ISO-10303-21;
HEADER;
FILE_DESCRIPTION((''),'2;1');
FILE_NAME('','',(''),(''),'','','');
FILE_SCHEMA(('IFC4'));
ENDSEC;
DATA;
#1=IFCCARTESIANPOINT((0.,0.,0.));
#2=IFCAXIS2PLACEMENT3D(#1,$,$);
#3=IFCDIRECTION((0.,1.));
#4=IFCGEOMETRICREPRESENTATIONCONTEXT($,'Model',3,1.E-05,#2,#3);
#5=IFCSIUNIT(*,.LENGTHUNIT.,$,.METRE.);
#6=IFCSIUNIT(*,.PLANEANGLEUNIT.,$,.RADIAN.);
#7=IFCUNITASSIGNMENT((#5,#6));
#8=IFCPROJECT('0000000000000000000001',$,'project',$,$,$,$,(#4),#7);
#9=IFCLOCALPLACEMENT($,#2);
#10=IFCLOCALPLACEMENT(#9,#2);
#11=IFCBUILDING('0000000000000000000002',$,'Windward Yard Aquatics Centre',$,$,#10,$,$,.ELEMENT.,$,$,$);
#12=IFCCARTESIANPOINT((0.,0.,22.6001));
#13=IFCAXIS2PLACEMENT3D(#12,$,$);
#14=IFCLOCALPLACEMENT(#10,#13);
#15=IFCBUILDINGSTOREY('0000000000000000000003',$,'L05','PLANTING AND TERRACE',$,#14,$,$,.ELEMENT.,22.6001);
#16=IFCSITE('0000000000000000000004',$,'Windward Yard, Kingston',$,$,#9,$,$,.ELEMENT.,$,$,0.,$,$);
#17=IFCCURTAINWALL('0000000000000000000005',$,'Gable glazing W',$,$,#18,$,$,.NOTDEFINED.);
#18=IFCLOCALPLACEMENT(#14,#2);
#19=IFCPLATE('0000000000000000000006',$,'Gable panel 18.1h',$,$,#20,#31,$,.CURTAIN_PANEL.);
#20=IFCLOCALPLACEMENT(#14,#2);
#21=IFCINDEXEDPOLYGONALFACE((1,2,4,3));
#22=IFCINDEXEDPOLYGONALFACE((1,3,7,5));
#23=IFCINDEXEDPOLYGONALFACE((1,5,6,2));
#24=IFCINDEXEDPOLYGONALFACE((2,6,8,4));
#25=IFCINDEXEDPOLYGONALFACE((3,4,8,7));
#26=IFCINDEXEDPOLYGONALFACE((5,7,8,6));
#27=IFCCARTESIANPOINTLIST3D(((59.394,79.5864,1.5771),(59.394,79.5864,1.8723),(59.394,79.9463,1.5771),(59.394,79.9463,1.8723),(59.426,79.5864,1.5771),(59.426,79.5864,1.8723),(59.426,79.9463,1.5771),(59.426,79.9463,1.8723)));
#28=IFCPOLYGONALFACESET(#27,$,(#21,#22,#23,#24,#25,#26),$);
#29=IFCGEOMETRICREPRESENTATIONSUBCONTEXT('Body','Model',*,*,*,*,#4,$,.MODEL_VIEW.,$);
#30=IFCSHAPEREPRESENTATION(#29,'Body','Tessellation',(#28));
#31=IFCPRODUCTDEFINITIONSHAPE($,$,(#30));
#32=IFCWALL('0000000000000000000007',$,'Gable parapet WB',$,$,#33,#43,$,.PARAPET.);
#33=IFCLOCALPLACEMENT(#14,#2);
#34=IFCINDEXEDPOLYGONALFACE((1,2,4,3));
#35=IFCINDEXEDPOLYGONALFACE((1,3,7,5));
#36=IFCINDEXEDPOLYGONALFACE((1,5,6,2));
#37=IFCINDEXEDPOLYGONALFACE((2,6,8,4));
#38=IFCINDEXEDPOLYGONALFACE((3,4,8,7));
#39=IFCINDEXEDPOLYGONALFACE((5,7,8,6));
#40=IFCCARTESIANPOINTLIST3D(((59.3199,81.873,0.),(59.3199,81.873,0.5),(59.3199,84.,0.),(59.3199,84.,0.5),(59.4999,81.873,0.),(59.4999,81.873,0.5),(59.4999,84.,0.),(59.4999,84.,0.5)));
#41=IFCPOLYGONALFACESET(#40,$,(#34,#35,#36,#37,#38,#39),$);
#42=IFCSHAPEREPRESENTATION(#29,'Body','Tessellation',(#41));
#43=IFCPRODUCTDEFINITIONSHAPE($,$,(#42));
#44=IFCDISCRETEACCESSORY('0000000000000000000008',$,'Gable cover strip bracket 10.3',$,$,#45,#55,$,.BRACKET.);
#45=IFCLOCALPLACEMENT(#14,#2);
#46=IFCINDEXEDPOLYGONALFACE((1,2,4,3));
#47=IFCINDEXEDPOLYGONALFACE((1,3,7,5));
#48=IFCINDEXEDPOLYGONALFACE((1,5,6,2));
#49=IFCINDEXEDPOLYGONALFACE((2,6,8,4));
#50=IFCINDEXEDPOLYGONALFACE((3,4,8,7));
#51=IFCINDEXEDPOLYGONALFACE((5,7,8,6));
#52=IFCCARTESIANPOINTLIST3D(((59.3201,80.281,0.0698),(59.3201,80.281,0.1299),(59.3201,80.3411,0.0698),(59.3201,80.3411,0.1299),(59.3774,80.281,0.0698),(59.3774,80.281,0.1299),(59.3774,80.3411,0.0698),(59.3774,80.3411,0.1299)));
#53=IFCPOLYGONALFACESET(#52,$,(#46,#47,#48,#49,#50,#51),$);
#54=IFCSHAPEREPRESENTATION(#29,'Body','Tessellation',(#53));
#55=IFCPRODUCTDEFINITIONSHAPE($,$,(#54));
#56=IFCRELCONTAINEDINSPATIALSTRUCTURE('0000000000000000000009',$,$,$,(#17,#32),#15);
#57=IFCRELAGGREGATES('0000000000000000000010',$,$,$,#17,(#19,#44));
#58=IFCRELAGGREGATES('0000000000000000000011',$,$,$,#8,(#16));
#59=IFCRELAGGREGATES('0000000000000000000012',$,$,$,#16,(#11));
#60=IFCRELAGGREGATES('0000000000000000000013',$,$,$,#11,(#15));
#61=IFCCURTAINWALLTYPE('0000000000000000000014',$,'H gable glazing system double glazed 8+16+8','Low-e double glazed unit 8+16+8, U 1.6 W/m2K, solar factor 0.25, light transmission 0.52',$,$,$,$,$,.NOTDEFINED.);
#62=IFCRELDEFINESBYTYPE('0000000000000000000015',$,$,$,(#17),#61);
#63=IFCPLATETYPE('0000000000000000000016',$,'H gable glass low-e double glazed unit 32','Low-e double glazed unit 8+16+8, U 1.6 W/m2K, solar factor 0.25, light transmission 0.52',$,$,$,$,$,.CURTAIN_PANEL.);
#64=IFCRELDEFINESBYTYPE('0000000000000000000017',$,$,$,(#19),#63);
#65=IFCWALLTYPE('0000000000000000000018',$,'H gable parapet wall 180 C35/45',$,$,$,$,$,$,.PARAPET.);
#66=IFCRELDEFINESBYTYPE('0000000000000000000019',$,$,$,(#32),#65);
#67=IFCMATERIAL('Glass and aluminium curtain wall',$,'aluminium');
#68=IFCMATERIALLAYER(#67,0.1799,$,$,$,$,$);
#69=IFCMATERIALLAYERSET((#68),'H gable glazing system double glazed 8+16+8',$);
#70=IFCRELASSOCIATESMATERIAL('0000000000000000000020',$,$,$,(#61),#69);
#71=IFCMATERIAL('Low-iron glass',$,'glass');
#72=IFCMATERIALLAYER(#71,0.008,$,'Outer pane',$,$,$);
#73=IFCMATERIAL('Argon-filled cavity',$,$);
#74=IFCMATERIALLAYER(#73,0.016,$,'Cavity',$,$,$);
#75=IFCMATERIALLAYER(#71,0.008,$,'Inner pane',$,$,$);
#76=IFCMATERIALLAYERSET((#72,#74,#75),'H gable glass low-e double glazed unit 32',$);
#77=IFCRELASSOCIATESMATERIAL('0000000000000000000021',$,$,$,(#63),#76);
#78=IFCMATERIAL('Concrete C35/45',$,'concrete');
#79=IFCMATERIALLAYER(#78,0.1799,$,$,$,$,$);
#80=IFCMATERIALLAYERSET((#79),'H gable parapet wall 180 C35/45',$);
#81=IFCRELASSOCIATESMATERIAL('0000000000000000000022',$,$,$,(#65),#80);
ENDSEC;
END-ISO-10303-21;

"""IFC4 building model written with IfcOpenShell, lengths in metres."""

from ifc_helpers import new_model, si_unit, direction, frame, frame_2d, origin, origin_2d, place, context, subcontext, project, spatial, polyline, rectangle, outline, extrude, material, layer, layer_set, type_object, element, aggregate, save


model = new_model("IFC4")

# Units and contexts
model_context = context("Model", 3, precision=1e-05, world=origin(), true_north=direction((0.0, 1.0)))
body_context = subcontext(model_context, "Body", "Model", "MODEL_VIEW")
ifc_project = project(units=[si_unit("LENGTHUNIT", "METRE"), si_unit("PLANEANGLEUNIT", "RADIAN")], contexts=[model_context])

# Site, building, storey
site_placement = place(None, origin())
site = spatial("IfcSite", under=ifc_project, at=site_placement, Name="Windward Yard, Kingston", CompositionType="ELEMENT", RefElevation=0.0)
building_placement = place(site_placement, origin())
building = spatial("IfcBuilding", under=site, at=building_placement, Name="Windward Yard Aquatics Centre", CompositionType="ELEMENT")
storey_placement = place(building_placement, frame((0.0, 0.0, 22.6001)))
storey = spatial("IfcBuildingStorey", under=building, at=storey_placement, Name="L05", Description="PLANTING AND TERRACE", CompositionType="ELEMENT", Elevation=22.6001)

# Curtain wall, plate
ifc_material_1 = material(Name="Glass and aluminium curtain wall", Category="aluminium")
ifc_layer_1 = layer(ifc_material_1, 0.1799)
ifc_layer_set_1 = layer_set([ifc_layer_1], Name="H gable glazing system double glazed 8+16+8")
curtain_wall_type = type_object("IfcCurtainWallType", Name="H gable glazing system double glazed 8+16+8", Description="Low-e double glazed unit 8+16+8, U 1.6 W/m2K, solar factor 0.25, light transmission 0.52", PredefinedType="NOTDEFINED", material=ifc_layer_set_1)
curtain_wall_placement = place(storey_placement, origin())
curtain_wall = element("IfcCurtainWall", 1, at=curtain_wall_placement, inside=storey, type_object=curtain_wall_type, Name="Gable glazing W", PredefinedType="NOTDEFINED")
ifc_material_2 = material(Name="Low-iron glass", Category="glass")
ifc_layer_2 = layer(ifc_material_2, 0.008, Name="Outer pane")
ifc_material_3 = material(Name="Argon-filled cavity")
ifc_layer_3 = layer(ifc_material_3, 0.016, Name="Cavity")
ifc_layer_4 = layer(ifc_material_2, 0.008, Name="Inner pane")
ifc_layer_set_2 = layer_set([ifc_layer_2, ifc_layer_3, ifc_layer_4], Name="H gable glass low-e double glazed unit 32")
plate_type = type_object("IfcPlateType", Name="H gable glass low-e double glazed unit 32", Description="Low-e double glazed unit 8+16+8, U 1.6 W/m2K, solar factor 0.25, light transmission 0.52", PredefinedType="CURTAIN_PANEL", material=ifc_layer_set_2)
plate_1_placement = place(storey_placement, frame((59.426, 79.5864, 1.5771), z_axis=(1.0, 0.0, 0.0), x_axis=(0.0, 1.0, 0.0)))
plate_1 = element("IfcPlate", 2, at=plate_1_placement, type_object=plate_type, Name="Gable panel 18.1h", PredefinedType="CURTAIN_PANEL", context=body_context, shape_type="SweptSolid", body=[
    extrude(outline(polyline([(0.0, 0.0), (0.3599, 0.0), (0.3599, 0.2952), (0.0, 0.2952), (0.0, 0.0)])), origin(), (0.0, 0.0, -1.0), 0.032),
])

# Wall
ifc_material_4 = material(Name="Concrete C35/45", Category="concrete")
ifc_layer_5 = layer(ifc_material_4, 0.1799)
ifc_layer_set_3 = layer_set([ifc_layer_5], Name="H gable parapet wall 180 C35/45")
wall_type = type_object("IfcWallType", Name="H gable parapet wall 180 C35/45", PredefinedType="PARAPET", material=ifc_layer_set_3)
wall_placement = place(storey_placement, frame((59.4099, 81.873, 0.0), z_axis=(0.0, 0.0, 1.0), x_axis=(0.0, 1.0, 0.0)))
element("IfcWall", 3, at=wall_placement, inside=storey, type_object=wall_type, Name="Gable parapet WB", PredefinedType="PARAPET", context=body_context, shape_type="SweptSolid", body=[
    extrude(rectangle(XDim=2.127, YDim=0.1799, at=frame_2d((1.0635, 0.0))), origin(), (0.0, 0.0, 1.0), 0.5),
])

# Discrete accessory
discrete_accessory_placement = place(storey_placement, frame((59.3774, 80.311, 0.0999), z_axis=(-1.0, 0.0, 0.0), x_axis=(0.0, -1.0, 0.0)))
discrete_accessory = element("IfcDiscreteAccessory", 4, at=discrete_accessory_placement, Name="Gable cover strip bracket 10.3", PredefinedType="BRACKET", context=body_context, shape_type="SweptSolid", body=[
    extrude(rectangle(XDim=0.0601, YDim=0.0601, at=origin_2d()), origin(), (0.0, 0.0, 1.0), 0.0574),
])
aggregate(curtain_wall, [plate_1, discrete_accessory])

save(model, "model.ifc")
